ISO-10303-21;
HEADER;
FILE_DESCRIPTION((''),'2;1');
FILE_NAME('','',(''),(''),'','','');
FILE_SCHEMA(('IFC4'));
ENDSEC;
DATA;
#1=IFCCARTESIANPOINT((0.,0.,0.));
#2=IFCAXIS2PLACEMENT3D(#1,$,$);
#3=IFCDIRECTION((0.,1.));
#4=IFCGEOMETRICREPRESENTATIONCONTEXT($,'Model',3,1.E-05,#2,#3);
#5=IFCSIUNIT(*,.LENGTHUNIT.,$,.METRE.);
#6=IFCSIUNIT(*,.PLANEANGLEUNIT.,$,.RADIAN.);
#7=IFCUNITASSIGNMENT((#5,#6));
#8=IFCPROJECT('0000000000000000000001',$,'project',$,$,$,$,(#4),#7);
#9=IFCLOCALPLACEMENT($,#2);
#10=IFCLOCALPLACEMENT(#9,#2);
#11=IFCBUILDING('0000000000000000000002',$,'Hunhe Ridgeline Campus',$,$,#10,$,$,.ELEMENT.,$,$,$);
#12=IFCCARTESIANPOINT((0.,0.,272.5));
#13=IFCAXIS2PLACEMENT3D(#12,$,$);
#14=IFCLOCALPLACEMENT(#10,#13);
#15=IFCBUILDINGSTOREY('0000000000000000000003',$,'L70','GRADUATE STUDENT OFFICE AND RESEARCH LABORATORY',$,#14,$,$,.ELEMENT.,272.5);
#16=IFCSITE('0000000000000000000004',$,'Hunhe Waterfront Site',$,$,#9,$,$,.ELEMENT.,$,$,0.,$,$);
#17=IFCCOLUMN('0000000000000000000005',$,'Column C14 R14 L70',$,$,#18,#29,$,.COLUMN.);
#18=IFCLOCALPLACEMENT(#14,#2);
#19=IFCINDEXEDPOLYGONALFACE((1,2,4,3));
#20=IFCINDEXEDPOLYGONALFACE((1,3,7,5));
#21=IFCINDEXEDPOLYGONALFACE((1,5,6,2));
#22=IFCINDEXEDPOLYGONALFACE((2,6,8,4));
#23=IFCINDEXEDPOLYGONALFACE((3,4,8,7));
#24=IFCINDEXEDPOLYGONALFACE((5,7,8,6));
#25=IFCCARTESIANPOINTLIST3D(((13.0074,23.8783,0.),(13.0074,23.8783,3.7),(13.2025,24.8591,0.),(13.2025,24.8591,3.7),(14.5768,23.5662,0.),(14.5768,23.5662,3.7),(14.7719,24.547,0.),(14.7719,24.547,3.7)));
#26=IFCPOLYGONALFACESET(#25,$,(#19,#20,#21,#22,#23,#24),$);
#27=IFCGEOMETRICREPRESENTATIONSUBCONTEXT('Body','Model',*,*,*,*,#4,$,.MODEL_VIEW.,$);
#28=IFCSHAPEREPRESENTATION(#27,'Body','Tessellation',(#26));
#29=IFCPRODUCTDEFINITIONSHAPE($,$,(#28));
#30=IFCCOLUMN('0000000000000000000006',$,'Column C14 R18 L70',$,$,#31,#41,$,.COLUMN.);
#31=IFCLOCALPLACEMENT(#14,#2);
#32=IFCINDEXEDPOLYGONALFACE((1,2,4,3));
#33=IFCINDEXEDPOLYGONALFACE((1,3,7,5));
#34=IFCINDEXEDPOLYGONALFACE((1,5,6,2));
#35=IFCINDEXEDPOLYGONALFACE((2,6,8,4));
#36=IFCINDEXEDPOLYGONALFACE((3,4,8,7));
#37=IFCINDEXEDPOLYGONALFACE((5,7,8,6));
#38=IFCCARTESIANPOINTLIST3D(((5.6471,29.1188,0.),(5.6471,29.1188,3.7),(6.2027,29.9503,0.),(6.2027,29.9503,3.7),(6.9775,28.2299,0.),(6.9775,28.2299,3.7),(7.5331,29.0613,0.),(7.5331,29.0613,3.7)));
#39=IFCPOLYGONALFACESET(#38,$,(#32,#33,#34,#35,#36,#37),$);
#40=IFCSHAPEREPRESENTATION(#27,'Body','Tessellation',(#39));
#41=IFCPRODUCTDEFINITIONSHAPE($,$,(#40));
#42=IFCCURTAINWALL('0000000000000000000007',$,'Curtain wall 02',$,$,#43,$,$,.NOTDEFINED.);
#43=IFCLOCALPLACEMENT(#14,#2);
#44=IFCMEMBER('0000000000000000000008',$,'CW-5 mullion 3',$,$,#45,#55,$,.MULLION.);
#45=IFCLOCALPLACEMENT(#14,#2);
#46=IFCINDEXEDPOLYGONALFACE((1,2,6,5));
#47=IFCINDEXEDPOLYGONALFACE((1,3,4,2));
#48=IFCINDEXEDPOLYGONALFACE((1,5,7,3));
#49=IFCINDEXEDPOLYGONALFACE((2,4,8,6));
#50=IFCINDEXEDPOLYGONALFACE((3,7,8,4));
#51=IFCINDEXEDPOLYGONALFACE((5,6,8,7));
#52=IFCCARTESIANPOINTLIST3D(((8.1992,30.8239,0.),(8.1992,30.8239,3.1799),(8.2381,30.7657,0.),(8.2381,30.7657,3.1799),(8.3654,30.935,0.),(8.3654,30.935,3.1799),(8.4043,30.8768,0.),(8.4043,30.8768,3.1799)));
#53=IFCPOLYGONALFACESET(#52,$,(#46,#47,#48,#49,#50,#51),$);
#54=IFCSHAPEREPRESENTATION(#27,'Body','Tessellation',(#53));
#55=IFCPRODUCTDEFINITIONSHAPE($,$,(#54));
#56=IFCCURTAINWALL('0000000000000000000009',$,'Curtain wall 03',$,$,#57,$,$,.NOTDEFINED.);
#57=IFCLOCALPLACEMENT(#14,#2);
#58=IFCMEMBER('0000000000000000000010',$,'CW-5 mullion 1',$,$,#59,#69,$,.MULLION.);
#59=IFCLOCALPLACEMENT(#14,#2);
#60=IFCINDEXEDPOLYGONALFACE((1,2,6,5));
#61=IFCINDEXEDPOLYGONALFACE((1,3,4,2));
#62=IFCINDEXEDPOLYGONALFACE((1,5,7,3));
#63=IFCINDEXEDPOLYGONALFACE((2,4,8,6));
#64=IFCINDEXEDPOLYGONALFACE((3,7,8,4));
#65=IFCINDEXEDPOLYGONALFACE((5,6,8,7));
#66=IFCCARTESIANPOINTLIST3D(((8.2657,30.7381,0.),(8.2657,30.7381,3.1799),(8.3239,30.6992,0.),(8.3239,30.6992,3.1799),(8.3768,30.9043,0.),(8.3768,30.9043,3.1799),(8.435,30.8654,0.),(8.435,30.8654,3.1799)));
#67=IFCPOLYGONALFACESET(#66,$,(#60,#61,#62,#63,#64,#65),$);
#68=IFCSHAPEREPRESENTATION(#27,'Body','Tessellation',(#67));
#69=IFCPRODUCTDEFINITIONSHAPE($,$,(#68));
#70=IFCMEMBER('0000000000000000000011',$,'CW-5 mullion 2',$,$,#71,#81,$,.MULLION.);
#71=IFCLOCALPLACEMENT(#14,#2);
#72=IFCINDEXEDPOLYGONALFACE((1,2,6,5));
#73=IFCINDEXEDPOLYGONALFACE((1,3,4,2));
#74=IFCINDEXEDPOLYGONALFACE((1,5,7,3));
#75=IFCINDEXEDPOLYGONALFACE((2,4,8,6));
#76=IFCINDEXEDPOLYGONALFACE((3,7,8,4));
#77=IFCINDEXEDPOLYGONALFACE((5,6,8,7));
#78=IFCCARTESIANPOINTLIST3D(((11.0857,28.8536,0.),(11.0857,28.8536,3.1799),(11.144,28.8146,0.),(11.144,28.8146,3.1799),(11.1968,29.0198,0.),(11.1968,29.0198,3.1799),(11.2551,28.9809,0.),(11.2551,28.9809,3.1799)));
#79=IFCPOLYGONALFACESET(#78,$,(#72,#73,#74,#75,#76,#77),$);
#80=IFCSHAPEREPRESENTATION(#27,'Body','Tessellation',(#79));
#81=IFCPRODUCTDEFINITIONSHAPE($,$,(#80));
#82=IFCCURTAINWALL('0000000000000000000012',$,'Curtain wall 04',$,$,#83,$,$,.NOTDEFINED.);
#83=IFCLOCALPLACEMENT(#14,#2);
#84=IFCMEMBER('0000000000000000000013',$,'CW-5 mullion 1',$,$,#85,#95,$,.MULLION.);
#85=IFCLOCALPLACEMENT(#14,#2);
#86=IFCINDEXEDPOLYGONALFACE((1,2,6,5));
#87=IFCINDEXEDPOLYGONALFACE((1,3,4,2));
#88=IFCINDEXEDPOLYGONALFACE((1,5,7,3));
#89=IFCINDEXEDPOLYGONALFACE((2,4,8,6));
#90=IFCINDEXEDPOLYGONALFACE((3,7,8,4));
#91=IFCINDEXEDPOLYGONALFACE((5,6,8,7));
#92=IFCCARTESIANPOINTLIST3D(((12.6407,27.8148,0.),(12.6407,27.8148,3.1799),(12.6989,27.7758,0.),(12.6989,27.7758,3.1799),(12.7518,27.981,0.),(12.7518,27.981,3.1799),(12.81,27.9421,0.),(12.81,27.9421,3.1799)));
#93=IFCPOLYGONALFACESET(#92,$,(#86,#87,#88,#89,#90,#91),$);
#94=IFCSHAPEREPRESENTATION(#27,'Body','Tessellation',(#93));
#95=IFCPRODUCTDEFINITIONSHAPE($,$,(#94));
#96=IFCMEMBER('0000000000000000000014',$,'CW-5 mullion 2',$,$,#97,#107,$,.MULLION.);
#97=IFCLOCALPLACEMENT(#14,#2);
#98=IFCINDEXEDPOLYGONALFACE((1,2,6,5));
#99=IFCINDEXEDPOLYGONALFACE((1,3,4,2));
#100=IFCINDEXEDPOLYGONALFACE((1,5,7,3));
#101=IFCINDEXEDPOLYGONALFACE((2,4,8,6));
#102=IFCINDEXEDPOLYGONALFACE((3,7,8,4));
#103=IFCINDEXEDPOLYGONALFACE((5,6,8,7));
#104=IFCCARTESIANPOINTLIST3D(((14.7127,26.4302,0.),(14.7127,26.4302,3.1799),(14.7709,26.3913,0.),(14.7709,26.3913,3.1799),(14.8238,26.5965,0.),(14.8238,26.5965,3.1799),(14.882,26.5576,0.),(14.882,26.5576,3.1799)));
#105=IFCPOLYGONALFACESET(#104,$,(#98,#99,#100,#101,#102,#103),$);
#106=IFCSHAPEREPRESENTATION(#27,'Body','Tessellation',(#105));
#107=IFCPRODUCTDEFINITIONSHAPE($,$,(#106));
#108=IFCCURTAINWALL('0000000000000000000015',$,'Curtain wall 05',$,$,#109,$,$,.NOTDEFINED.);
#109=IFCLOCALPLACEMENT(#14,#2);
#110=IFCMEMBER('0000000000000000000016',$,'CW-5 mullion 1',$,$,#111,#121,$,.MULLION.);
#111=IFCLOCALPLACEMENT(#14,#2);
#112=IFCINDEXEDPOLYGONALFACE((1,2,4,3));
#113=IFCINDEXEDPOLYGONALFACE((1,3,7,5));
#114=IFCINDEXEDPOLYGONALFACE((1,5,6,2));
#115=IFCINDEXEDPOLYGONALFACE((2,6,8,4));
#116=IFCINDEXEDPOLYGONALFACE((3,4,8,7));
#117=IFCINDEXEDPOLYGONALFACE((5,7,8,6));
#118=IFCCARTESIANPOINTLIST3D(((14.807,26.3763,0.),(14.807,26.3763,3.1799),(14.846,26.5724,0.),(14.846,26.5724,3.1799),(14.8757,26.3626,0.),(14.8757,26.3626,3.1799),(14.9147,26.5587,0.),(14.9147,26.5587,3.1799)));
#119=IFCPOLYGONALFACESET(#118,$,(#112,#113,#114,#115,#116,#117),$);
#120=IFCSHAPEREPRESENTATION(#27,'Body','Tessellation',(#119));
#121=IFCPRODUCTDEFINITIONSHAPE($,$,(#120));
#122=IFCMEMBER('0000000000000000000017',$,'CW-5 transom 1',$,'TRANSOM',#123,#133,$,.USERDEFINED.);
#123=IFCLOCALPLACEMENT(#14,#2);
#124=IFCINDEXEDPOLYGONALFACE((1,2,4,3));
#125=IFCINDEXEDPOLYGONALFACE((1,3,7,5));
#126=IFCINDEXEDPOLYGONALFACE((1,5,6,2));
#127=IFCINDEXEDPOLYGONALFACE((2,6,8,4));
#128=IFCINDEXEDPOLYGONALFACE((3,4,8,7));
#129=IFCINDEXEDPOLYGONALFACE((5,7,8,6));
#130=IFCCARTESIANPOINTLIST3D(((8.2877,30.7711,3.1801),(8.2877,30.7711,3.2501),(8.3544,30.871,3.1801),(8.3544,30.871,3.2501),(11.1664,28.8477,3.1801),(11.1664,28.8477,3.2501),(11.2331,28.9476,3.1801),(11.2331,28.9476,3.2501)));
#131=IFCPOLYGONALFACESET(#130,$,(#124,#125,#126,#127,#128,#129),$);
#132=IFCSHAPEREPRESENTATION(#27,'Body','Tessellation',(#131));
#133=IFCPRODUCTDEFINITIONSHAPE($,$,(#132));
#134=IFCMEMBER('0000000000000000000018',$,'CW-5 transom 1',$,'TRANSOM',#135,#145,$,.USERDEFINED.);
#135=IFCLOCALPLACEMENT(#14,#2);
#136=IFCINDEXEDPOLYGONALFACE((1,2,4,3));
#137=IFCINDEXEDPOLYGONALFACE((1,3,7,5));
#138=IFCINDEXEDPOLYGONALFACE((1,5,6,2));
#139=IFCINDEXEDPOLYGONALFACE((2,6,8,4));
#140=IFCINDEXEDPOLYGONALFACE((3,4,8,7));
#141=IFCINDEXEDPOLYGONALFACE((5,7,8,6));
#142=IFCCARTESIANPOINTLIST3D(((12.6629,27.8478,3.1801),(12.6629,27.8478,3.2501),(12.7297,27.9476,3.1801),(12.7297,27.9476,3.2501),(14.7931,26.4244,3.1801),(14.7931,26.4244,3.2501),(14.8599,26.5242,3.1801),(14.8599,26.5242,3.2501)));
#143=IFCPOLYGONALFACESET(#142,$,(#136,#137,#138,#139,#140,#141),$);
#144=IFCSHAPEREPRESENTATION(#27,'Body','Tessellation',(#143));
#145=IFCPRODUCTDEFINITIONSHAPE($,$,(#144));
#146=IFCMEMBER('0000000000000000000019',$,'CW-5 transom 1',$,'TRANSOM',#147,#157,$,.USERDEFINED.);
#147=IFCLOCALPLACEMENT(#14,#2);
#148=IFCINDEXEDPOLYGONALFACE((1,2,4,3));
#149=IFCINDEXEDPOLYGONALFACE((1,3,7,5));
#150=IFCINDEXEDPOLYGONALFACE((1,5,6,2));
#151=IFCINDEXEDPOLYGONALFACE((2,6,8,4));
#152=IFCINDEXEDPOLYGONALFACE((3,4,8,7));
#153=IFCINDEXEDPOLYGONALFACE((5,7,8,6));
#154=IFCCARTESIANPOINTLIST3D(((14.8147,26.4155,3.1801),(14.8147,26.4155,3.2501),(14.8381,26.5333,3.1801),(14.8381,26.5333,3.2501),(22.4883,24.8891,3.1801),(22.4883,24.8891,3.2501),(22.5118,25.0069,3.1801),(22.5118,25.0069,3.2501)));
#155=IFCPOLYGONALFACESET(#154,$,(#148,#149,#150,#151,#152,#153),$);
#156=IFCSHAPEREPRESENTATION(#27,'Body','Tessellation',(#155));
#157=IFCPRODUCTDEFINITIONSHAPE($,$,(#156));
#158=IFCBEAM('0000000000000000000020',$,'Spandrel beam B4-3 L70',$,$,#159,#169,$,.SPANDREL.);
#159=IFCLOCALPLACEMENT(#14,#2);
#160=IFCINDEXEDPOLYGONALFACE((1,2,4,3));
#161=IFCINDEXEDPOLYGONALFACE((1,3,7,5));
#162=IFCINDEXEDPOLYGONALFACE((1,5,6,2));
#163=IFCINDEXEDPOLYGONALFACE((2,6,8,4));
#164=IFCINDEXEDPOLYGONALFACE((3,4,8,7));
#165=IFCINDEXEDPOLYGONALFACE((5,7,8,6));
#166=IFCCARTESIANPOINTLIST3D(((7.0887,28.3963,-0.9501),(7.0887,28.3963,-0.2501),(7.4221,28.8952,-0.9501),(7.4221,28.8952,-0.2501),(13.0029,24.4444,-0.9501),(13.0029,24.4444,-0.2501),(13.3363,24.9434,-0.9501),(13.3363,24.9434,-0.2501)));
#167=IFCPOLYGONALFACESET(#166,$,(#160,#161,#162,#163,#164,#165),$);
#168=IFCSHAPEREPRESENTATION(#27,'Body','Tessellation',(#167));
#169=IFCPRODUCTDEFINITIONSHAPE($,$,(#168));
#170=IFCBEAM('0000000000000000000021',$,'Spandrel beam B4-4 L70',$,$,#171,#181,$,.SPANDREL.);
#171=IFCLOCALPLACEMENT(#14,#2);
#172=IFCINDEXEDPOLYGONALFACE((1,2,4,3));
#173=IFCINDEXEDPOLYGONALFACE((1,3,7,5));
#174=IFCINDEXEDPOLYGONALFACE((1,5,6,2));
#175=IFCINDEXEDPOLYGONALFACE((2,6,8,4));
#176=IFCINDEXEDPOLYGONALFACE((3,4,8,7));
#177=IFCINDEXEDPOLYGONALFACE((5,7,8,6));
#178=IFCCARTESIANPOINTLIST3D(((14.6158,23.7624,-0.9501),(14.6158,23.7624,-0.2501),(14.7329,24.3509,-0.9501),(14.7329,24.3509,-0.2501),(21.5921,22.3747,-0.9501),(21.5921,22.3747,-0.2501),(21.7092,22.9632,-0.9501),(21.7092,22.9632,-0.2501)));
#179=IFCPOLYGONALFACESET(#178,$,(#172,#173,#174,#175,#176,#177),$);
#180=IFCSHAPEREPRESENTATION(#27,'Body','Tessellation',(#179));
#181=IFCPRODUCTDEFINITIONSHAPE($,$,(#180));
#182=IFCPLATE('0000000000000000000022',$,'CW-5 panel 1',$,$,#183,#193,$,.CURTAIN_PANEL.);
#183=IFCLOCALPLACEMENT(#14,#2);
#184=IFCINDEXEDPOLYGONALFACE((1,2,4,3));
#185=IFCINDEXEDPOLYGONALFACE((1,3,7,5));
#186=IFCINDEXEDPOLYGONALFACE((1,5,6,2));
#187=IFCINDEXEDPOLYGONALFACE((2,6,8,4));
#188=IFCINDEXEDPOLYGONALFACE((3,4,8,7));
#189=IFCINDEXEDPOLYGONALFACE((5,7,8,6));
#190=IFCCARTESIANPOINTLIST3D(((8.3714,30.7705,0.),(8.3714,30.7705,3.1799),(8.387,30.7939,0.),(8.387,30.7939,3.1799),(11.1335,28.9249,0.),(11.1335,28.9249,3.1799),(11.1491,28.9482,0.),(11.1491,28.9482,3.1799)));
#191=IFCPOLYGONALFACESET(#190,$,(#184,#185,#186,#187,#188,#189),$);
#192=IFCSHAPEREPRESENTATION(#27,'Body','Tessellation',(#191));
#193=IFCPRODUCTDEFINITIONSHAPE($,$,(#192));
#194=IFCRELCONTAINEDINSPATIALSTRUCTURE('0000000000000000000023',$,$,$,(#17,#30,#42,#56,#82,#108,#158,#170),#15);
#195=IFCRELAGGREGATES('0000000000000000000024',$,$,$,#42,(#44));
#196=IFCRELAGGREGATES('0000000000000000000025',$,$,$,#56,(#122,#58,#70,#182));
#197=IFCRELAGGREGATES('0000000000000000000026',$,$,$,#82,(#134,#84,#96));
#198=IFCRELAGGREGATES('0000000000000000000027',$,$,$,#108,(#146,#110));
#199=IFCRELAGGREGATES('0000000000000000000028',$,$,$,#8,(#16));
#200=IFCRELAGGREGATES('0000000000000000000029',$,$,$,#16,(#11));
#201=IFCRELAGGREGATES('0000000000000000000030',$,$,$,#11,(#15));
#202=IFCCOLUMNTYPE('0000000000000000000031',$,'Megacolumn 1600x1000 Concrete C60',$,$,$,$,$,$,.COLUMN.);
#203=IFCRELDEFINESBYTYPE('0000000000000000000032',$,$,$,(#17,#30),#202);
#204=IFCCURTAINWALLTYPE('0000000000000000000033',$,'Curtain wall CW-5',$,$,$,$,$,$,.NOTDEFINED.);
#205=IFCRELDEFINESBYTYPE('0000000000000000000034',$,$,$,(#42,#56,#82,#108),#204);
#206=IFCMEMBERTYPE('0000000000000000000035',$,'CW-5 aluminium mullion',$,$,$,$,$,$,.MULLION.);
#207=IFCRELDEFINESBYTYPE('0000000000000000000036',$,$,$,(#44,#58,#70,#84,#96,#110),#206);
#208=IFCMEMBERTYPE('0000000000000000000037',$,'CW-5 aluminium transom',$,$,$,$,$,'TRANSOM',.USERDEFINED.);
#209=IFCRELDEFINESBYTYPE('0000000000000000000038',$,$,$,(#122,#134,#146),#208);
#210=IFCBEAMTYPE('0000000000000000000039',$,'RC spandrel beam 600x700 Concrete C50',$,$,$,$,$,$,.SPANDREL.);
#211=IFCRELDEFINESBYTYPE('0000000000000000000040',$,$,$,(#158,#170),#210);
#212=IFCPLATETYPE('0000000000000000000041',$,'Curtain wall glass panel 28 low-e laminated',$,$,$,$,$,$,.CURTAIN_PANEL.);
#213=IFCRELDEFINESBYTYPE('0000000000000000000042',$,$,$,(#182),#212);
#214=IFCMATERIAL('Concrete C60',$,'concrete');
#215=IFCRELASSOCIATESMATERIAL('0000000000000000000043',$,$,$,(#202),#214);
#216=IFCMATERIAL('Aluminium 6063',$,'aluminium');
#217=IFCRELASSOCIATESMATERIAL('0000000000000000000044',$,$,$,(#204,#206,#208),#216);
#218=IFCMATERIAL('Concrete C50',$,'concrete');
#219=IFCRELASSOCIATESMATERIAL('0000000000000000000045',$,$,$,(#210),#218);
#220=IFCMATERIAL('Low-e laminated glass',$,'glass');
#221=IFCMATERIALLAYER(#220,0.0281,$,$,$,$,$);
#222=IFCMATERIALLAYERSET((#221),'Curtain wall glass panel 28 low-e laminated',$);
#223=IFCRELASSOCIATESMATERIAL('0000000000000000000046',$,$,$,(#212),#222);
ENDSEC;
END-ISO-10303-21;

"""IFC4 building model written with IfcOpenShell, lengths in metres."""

from ifc_helpers import new_model, si_unit, direction, frame, origin, origin_2d, place, context, subcontext, project, spatial, rectangle, extrude, material, layer, layer_set, material_profile, profile_set, type_object, element, aggregate, save


model = new_model("IFC4")

# Units and contexts
model_context = context("Model", 3, precision=1e-05, world=origin(), true_north=direction((0.0, 1.0)))
body_context = subcontext(model_context, "Body", "Model", "MODEL_VIEW")
ifc_project = project(units=[si_unit("LENGTHUNIT", "METRE"), si_unit("PLANEANGLEUNIT", "RADIAN")], contexts=[model_context])

# Site, building, storey
site_placement = place(None, origin())
site = spatial("IfcSite", under=ifc_project, at=site_placement, Name="Hunhe Waterfront Site", CompositionType="ELEMENT", RefElevation=0.0)
building_placement = place(site_placement, origin())
building = spatial("IfcBuilding", under=site, at=building_placement, Name="Hunhe Ridgeline Campus", CompositionType="ELEMENT")
storey_placement = place(building_placement, frame((0.0, 0.0, 272.5)))
storey = spatial("IfcBuildingStorey", under=building, at=storey_placement, Name="L70", Description="GRADUATE STUDENT OFFICE AND RESEARCH LABORATORY", CompositionType="ELEMENT", Elevation=272.5)

# Columns
ifc_material_1 = material(Name="Concrete C60", Category="concrete")
ifc_material_profile_1 = material_profile(ifc_material_1, rectangle(XDim=1.6001, YDim=1.0, at=origin_2d()))
ifc_profile_set_1 = profile_set([ifc_material_profile_1], Name="Concrete C60")
column_type = type_object("IfcColumnType", Name="Megacolumn 1600x1000 Concrete C60", PredefinedType="COLUMN", material=ifc_profile_set_1)
for number, where, z_axis, x_axis, name in (
    (1, (13.8896, 24.2126, 0.0), (0.0, 0.0, 1.0), (-0.980785, 0.19509, 0.0), "Column C14 R14 L70"),
    (2, (6.5901, 29.0901, 0.0), (0.0, 0.0, 1.0), (-0.83147, 0.55557, 0.0), "Column C14 R18 L70"),
):
    element("IfcColumn", number, at=place(storey_placement, frame(where, z_axis=z_axis, x_axis=x_axis)), inside=storey, type_object=column_type, Name=name, PredefinedType="COLUMN", context=body_context, shape_type="SweptSolid", body=[
        extrude(rectangle(XDim=1.6001, YDim=1.0, at=origin_2d()), origin(), (0.0, 0.0, 1.0), 3.7),
    ])

# Curtain wall, member
ifc_material_2 = material(Name="Aluminium 6063", Category="aluminium")
curtain_wall_type = type_object("IfcCurtainWallType", Name="Curtain wall CW-5", PredefinedType="NOTDEFINED", material=ifc_material_2)
curtain_wall_1_placement = place(storey_placement, origin())
curtain_wall_1 = element("IfcCurtainWall", 3, at=curtain_wall_1_placement, inside=storey, type_object=curtain_wall_type, Name="Curtain wall 02", PredefinedType="NOTDEFINED")
ifc_material_profile_2 = material_profile(ifc_material_2, rectangle(XDim=0.2, YDim=0.0701, at=origin_2d()))
ifc_profile_set_2 = profile_set([ifc_material_profile_2], Name="Aluminium 6063")
member_type_1 = type_object("IfcMemberType", Name="CW-5 aluminium mullion", PredefinedType="MULLION", material=ifc_profile_set_2)
member_1_placement = place(storey_placement, frame((8.3018, 30.8503, 0.0), z_axis=(0.0, 0.0, 1.0), x_axis=(0.83147, 0.55557, 0.0)))
member_1 = element("IfcMember", 4, at=member_1_placement, type_object=member_type_1, Name="CW-5 mullion 3", PredefinedType="MULLION", context=body_context, shape_type="SweptSolid", body=[
    extrude(rectangle(XDim=0.2, YDim=0.0701, at=origin_2d()), origin(), (0.0, 0.0, 1.0), 3.1799),
])
aggregate(curtain_wall_1, [member_1])

# Curtain walls, members
curtain_wall_2_placement = place(storey_placement, origin())
curtain_wall_2 = element("IfcCurtainWall", 5, at=curtain_wall_2_placement, inside=storey, type_object=curtain_wall_type, Name="Curtain wall 03", PredefinedType="NOTDEFINED")
member_2_placement = place(storey_placement, frame((8.3503, 30.8018, 0.0), z_axis=(0.0, 0.0, 1.0), x_axis=(0.55557, 0.83147, 0.0)))
member_2 = element("IfcMember", 6, at=member_2_placement, type_object=member_type_1, Name="CW-5 mullion 1", PredefinedType="MULLION", context=body_context, shape_type="SweptSolid", body=[
    extrude(rectangle(XDim=0.2, YDim=0.0701, at=origin_2d()), origin(), (0.0, 0.0, 1.0), 3.1799),
])
member_3_placement = place(storey_placement, frame((11.1704, 28.9172, 0.0), z_axis=(0.0, 0.0, 1.0), x_axis=(0.55557, 0.83147, 0.0)))
member_3 = element("IfcMember", 7, at=member_3_placement, type_object=member_type_1, Name="CW-5 mullion 2", PredefinedType="MULLION", context=body_context, shape_type="SweptSolid", body=[
    extrude(rectangle(XDim=0.2, YDim=0.0701, at=origin_2d()), origin(), (0.0, 0.0, 1.0), 3.1799),
])
curtain_wall_3_placement = place(storey_placement, origin())
curtain_wall_3 = element("IfcCurtainWall", 8, at=curtain_wall_3_placement, inside=storey, type_object=curtain_wall_type, Name="Curtain wall 04", PredefinedType="NOTDEFINED")
member_4_placement = place(storey_placement, frame((12.7253, 27.8784, 0.0), z_axis=(0.0, 0.0, 1.0), x_axis=(0.55557, 0.83147, 0.0)))
member_4 = element("IfcMember", 9, at=member_4_placement, type_object=member_type_1, Name="CW-5 mullion 1", PredefinedType="MULLION", context=body_context, shape_type="SweptSolid", body=[
    extrude(rectangle(XDim=0.2, YDim=0.0701, at=origin_2d()), origin(), (0.0, 0.0, 1.0), 3.1799),
])
member_5_placement = place(storey_placement, frame((14.7974, 26.4939, 0.0), z_axis=(0.0, 0.0, 1.0), x_axis=(0.55557, 0.83147, 0.0)))
member_5 = element("IfcMember", 10, at=member_5_placement, type_object=member_type_1, Name="CW-5 mullion 2", PredefinedType="MULLION", context=body_context, shape_type="SweptSolid", body=[
    extrude(rectangle(XDim=0.2, YDim=0.0701, at=origin_2d()), origin(), (0.0, 0.0, 1.0), 3.1799),
])

# Curtain wall, member
curtain_wall_4_placement = place(storey_placement, origin())
curtain_wall_4 = element("IfcCurtainWall", 11, at=curtain_wall_4_placement, inside=storey, type_object=curtain_wall_type, Name="Curtain wall 05", PredefinedType="NOTDEFINED")
member_6_placement = place(storey_placement, frame((14.8608, 26.4675, 0.0), z_axis=(0.0, 0.0, 1.0), x_axis=(0.19509, 0.980785, 0.0)))
member_6 = element("IfcMember", 12, at=member_6_placement, type_object=member_type_1, Name="CW-5 mullion 1", PredefinedType="MULLION", context=body_context, shape_type="SweptSolid", body=[
    extrude(rectangle(XDim=0.2, YDim=0.0701, at=origin_2d()), origin(), (0.0, 0.0, 1.0), 3.1799),
])

# Members
ifc_material_profile_3 = material_profile(ifc_material_2, rectangle(XDim=0.1201, YDim=0.0701, at=origin_2d()))
ifc_profile_set_3 = profile_set([ifc_material_profile_3], Name="Aluminium 6063")
member_type_2 = type_object("IfcMemberType", Name="CW-5 aluminium transom", ElementType="TRANSOM", PredefinedType="USERDEFINED", material=ifc_profile_set_3)
member_7_placement = place(storey_placement, frame((8.321, 30.821, 3.2151), z_axis=(0.831486, -0.555546, 0.0), x_axis=(0.555546, 0.831486, 0.0)))
member_7 = element("IfcMember", 13, at=member_7_placement, type_object=member_type_2, Name="CW-5 transom 1", ObjectType="TRANSOM", PredefinedType="USERDEFINED", context=body_context, shape_type="SweptSolid", body=[
    extrude(rectangle(XDim=0.1201, YDim=0.0701, at=origin_2d()), origin(), (0.0, 0.0, 1.0), 3.4622),
])
member_8_placement = place(storey_placement, frame((12.6963, 27.8977, 3.2151), z_axis=(0.831463, -0.55558, 0.0), x_axis=(0.55558, 0.831463, 0.0)))
member_8 = element("IfcMember", 14, at=member_8_placement, type_object=member_type_2, Name="CW-5 transom 1", ObjectType="TRANSOM", PredefinedType="USERDEFINED", context=body_context, shape_type="SweptSolid", body=[
    extrude(rectangle(XDim=0.1201, YDim=0.0701, at=origin_2d()), origin(), (0.0, 0.0, 1.0), 2.562),
])
member_9_placement = place(storey_placement, frame((14.8264, 26.4744, 3.2151), z_axis=(0.980785, -0.19509, 0.0), x_axis=(0.19509, 0.980785, 0.0)))
member_9 = element("IfcMember", 15, at=member_9_placement, type_object=member_type_2, Name="CW-5 transom 1", ObjectType="TRANSOM", PredefinedType="USERDEFINED", context=body_context, shape_type="SweptSolid", body=[
    extrude(rectangle(XDim=0.1201, YDim=0.0701, at=origin_2d()), origin(), (0.0, 0.0, 1.0), 7.824),
])

# Beams
ifc_material_3 = material(Name="Concrete C50", Category="concrete")
ifc_material_profile_4 = material_profile(ifc_material_3, rectangle(XDim=0.6001, YDim=0.7, at=origin_2d()))
ifc_profile_set_4 = profile_set([ifc_material_profile_4], Name="Concrete C50")
beam_type = type_object("IfcBeamType", Name="RC spandrel beam 600x700 Concrete C50", PredefinedType="SPANDREL", material=ifc_profile_set_4)
for number, where, z_axis, x_axis, name in (
    (16, (7.2554, 28.6458, -0.6001), (0.831464, -0.555579, 0.0), (0.555579, 0.831464, 0.0), "Spandrel beam B4-3 L70"),
    (17, (14.6743, 24.0566, -0.6001), (0.980785, -0.195093, 0.0), (0.195093, 0.980785, 0.0), "Spandrel beam B4-4 L70"),
):
    element("IfcBeam", number, at=place(storey_placement, frame(where, z_axis=z_axis, x_axis=x_axis)), inside=storey, type_object=beam_type, Name=name, PredefinedType="SPANDREL", context=body_context, shape_type="SweptSolid", body=[
        extrude(rectangle(XDim=0.6001, YDim=0.7, at=origin_2d()), origin(), (0.0, 0.0, 1.0), 7.113),
    ])

# Plate
ifc_material_4 = material(Name="Low-e laminated glass", Category="glass")
ifc_layer_1 = layer(ifc_material_4, 0.0281)
ifc_layer_set_1 = layer_set([ifc_layer_1], Name="Curtain wall glass panel 28 low-e laminated")
plate_type = type_object("IfcPlateType", Name="Curtain wall glass panel 28 low-e laminated", PredefinedType="CURTAIN_PANEL", material=ifc_layer_set_1)
plate_1_placement = place(storey_placement, frame((9.7603, 29.8594, 0.0), z_axis=(0.0, 0.0, 1.0), x_axis=(0.83147, -0.55557, 0.0)))
plate_1 = element("IfcPlate", 18, at=plate_1_placement, type_object=plate_type, Name="CW-5 panel 1", PredefinedType="CURTAIN_PANEL", context=body_context, shape_type="SweptSolid", body=[
    extrude(rectangle(XDim=3.322, YDim=0.0281, at=origin_2d()), origin(), (0.0, 0.0, 1.0), 3.1799),
])
aggregate(curtain_wall_2, [member_7, member_2, member_3, plate_1])
aggregate(curtain_wall_3, [member_8, member_4, member_5])
aggregate(curtain_wall_4, [member_9, member_6])

save(model, "model.ifc")
